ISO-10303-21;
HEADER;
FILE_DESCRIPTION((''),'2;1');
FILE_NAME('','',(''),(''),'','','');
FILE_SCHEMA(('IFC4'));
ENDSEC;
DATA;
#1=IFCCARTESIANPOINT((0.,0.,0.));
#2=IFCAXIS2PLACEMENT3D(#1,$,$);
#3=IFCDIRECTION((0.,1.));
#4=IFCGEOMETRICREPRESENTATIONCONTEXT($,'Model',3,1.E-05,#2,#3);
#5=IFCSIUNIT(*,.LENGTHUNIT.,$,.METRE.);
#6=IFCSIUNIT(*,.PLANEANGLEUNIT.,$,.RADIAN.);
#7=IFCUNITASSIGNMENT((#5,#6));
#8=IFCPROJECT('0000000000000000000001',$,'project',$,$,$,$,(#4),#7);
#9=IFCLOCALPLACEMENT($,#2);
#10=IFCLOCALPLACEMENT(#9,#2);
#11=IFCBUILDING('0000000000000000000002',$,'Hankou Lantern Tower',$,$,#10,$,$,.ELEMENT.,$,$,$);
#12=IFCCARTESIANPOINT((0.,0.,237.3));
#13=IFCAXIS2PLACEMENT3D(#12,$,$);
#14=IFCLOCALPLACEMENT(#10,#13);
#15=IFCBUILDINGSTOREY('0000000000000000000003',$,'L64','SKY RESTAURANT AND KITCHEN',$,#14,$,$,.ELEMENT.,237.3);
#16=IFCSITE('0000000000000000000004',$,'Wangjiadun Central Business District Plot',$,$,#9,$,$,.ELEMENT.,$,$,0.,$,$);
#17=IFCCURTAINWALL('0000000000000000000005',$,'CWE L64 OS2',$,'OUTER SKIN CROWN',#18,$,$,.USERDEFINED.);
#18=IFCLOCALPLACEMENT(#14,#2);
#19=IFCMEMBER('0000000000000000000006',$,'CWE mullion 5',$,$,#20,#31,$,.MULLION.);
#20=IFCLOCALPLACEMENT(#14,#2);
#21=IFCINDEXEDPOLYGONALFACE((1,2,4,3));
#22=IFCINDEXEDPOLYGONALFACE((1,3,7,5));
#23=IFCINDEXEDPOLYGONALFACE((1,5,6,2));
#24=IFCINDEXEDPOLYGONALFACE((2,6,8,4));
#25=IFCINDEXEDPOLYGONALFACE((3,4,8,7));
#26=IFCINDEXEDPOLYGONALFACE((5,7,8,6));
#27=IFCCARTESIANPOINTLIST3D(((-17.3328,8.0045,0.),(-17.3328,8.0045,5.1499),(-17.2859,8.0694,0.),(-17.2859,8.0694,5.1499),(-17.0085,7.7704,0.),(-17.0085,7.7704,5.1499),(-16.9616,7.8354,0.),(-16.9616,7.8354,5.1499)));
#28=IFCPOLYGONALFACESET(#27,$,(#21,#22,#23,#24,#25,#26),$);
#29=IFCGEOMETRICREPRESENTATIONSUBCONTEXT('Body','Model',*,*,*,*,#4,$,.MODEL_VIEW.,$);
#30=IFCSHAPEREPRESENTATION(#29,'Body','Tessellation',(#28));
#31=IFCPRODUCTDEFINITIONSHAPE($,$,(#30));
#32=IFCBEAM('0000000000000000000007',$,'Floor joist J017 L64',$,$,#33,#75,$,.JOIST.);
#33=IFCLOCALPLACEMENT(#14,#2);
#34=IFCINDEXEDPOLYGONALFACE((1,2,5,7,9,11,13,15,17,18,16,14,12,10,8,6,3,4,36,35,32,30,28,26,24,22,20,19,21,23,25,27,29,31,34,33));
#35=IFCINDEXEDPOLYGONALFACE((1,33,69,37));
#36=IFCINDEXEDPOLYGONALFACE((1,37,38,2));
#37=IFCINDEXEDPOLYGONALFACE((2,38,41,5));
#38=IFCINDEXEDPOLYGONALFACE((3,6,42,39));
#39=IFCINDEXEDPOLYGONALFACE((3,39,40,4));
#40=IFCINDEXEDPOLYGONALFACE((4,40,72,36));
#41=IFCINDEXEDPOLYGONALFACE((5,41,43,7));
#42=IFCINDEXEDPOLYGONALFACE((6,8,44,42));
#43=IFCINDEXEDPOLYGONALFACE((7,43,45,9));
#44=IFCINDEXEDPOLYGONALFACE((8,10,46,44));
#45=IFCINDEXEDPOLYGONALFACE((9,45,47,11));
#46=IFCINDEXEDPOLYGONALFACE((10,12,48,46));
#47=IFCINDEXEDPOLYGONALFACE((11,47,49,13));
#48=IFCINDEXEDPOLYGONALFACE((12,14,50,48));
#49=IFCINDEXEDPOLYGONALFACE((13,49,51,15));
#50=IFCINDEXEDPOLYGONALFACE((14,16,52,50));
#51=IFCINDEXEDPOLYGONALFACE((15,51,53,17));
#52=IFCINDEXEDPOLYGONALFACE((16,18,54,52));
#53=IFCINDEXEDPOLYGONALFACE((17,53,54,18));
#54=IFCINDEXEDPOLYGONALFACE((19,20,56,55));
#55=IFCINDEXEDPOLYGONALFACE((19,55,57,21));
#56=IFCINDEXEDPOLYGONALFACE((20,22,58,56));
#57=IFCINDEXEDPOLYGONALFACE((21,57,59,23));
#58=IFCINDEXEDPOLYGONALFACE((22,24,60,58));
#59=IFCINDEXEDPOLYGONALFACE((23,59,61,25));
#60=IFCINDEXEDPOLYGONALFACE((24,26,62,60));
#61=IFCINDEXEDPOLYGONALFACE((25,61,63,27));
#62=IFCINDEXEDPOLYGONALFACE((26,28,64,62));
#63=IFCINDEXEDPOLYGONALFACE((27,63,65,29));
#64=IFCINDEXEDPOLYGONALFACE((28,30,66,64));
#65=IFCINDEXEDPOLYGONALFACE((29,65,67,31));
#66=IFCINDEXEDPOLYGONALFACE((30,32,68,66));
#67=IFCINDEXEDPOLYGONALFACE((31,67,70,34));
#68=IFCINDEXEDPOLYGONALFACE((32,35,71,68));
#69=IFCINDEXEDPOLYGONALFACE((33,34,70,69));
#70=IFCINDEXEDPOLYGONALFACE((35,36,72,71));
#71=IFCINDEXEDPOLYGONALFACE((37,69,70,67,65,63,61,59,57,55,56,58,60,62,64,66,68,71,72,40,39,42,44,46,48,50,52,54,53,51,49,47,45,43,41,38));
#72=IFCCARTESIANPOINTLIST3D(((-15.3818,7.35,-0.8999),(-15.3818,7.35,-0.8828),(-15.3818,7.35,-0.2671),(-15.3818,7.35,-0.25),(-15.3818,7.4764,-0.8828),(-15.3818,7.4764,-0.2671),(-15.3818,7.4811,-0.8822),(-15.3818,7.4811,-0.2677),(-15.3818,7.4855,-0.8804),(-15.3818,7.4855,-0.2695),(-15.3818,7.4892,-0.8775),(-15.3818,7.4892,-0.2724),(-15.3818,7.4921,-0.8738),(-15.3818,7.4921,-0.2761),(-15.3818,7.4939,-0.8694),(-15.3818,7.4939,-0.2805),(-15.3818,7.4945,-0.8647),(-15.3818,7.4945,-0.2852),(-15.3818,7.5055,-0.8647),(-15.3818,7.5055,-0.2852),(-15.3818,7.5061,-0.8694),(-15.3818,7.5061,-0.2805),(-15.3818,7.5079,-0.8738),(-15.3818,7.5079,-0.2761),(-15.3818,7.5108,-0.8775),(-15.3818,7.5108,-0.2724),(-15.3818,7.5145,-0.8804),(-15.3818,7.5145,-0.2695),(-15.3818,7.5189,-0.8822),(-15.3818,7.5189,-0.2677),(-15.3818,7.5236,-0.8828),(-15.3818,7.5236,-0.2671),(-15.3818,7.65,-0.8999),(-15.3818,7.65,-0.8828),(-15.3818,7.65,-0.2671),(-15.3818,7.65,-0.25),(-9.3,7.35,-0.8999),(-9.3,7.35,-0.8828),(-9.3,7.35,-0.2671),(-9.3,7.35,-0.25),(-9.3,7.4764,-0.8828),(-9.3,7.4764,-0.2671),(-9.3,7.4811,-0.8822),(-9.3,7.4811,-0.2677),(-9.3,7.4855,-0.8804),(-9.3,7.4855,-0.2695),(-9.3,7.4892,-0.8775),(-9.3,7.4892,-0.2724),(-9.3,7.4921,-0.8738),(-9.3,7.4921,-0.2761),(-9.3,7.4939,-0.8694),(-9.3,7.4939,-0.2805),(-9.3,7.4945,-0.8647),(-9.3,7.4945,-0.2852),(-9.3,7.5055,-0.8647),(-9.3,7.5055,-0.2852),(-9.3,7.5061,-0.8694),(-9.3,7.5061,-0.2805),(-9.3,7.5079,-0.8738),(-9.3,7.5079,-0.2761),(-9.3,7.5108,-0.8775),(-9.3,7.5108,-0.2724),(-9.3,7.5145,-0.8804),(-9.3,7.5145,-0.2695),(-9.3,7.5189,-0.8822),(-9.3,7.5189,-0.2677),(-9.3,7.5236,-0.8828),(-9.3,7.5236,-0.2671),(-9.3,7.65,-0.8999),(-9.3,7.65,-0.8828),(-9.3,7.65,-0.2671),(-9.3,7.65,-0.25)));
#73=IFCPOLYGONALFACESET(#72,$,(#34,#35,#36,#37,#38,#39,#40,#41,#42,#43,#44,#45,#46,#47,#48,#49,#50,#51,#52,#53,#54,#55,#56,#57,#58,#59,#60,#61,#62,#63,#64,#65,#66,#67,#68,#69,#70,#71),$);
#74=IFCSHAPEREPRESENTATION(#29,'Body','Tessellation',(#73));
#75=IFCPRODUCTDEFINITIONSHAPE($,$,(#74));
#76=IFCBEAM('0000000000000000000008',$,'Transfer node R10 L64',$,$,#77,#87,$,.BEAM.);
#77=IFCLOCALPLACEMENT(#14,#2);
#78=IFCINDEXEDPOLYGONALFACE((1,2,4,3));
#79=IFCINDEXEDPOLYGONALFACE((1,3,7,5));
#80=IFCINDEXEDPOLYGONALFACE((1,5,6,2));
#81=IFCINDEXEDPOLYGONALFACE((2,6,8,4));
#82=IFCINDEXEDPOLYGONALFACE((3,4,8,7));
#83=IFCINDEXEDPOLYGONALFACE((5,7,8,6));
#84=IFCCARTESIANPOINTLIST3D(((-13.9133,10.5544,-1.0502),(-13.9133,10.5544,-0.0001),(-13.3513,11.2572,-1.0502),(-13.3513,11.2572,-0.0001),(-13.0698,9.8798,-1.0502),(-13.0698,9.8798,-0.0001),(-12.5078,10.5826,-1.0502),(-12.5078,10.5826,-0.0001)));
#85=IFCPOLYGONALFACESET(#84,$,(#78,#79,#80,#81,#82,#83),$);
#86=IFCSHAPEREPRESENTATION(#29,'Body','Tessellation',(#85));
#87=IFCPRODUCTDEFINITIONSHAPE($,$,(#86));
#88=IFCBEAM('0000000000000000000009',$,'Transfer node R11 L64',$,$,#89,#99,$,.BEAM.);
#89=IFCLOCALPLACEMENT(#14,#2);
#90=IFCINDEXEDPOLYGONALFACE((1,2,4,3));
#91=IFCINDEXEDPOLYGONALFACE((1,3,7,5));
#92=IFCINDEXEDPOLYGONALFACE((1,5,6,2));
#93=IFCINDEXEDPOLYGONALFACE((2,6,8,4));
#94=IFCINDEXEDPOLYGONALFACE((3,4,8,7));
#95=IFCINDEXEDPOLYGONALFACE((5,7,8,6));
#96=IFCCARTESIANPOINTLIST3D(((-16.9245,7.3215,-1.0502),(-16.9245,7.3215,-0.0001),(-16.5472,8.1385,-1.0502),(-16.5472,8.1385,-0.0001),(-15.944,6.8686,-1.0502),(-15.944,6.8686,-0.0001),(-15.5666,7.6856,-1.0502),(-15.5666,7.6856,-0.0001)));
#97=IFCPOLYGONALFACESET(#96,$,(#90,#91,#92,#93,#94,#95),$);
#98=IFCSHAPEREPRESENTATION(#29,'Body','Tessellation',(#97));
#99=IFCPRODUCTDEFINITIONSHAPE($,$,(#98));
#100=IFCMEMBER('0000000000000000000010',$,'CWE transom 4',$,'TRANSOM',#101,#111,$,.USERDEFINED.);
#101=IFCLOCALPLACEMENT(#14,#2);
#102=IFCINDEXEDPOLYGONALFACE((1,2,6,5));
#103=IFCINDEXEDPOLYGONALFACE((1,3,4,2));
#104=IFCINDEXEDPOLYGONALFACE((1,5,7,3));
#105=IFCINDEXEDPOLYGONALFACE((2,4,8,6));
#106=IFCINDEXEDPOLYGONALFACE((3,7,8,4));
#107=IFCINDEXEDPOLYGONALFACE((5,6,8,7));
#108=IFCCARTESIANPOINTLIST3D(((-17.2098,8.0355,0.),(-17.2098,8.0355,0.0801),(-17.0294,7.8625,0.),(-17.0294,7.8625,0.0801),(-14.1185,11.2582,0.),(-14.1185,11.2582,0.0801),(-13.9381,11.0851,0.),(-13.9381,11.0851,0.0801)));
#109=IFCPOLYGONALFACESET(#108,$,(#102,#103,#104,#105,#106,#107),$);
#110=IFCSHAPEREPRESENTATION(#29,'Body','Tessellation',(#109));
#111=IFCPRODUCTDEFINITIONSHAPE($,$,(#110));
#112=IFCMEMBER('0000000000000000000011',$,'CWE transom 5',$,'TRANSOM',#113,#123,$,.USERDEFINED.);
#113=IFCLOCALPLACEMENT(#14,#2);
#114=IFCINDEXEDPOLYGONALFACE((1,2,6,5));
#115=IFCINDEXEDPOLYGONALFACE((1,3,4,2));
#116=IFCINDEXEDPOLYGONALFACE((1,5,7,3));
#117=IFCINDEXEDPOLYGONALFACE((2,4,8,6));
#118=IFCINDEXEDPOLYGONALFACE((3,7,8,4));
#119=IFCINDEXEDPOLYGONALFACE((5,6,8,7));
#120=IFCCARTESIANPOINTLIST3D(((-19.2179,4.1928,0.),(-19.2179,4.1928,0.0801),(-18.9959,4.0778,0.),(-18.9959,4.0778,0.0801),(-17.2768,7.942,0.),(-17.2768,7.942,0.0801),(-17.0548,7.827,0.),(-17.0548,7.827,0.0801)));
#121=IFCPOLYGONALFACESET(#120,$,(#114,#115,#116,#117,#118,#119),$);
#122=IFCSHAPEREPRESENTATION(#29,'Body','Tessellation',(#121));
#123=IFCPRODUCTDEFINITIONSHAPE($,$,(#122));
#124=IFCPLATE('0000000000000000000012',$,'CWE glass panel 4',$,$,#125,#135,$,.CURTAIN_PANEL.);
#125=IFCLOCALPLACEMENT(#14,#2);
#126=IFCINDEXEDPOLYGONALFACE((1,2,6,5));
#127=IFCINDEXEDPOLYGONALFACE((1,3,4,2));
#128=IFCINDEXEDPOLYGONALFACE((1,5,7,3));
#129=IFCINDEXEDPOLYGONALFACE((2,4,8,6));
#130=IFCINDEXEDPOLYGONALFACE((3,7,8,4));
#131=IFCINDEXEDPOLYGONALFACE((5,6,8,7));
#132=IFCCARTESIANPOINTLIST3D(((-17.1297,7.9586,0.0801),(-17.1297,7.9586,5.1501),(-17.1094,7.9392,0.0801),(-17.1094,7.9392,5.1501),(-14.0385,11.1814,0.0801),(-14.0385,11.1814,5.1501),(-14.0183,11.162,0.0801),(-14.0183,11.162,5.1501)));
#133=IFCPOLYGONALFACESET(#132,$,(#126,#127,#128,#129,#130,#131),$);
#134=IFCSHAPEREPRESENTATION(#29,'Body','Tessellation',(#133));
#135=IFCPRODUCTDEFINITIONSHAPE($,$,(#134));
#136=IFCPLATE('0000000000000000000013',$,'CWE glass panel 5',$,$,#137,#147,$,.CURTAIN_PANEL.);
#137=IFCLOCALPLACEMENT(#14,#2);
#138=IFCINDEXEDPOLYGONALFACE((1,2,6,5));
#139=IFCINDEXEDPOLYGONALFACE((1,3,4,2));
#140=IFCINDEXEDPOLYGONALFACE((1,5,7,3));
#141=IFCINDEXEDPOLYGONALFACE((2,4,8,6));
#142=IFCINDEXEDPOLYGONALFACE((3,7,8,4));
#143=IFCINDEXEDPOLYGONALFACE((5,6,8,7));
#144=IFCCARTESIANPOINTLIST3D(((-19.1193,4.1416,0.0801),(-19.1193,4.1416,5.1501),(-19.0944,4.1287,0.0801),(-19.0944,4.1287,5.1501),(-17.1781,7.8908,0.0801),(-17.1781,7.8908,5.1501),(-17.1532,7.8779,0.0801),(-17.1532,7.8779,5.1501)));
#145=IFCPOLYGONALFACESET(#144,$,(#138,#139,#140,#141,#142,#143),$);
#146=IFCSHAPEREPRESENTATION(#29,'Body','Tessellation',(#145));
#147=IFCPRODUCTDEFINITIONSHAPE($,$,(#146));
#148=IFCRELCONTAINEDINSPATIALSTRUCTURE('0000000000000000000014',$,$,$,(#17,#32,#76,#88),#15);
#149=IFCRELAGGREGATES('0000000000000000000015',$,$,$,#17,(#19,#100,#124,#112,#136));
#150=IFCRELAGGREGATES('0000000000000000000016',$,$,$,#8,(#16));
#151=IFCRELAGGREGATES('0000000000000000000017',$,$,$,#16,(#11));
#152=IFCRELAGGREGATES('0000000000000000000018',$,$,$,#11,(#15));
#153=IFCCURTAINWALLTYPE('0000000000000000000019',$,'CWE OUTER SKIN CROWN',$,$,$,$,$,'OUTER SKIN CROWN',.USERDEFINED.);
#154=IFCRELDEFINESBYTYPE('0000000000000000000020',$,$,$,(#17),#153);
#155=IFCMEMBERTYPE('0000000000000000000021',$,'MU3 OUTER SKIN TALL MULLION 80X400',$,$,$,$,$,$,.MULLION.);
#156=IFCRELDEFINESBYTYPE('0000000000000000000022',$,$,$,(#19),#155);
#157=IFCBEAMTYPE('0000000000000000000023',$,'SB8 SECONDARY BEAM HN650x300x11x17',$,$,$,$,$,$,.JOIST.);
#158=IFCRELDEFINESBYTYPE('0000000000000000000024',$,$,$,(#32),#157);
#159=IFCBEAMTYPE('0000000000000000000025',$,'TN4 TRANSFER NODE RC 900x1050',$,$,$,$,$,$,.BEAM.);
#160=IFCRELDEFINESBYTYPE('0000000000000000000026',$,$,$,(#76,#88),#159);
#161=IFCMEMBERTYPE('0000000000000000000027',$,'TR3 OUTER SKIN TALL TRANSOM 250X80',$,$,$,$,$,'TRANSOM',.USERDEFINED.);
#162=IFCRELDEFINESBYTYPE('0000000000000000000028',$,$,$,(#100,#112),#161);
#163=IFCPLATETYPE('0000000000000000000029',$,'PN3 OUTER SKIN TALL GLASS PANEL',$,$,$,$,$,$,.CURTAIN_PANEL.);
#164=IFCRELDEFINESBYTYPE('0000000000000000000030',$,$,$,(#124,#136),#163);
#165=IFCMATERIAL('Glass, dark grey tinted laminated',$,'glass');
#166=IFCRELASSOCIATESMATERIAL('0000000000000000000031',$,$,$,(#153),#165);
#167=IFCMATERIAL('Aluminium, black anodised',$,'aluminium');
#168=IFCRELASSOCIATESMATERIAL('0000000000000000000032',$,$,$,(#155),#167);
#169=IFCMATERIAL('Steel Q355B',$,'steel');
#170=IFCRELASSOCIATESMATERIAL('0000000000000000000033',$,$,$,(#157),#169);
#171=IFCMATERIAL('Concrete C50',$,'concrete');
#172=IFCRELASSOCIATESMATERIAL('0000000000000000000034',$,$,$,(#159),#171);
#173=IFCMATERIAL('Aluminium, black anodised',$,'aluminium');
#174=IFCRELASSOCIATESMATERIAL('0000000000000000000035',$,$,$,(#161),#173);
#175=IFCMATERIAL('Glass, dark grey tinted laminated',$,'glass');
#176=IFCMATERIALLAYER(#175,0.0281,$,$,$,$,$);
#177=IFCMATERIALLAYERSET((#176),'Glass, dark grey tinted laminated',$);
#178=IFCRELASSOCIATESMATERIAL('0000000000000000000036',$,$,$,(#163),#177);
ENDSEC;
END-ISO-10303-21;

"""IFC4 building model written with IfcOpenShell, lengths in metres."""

from ifc_helpers import new_model, si_unit, direction, frame, origin, origin_2d, place, context, subcontext, project, spatial, rectangle, i_section, extrude, material, layer, layer_set, material_profile, profile_set, type_object, element, aggregate, save


model = new_model("IFC4")

# Units and contexts
model_context = context("Model", 3, precision=1e-05, world=origin(), true_north=direction((0.0, 1.0)))
body_context = subcontext(model_context, "Body", "Model", "MODEL_VIEW")
ifc_project = project(units=[si_unit("LENGTHUNIT", "METRE"), si_unit("PLANEANGLEUNIT", "RADIAN")], contexts=[model_context])

# Site, building, storey
site_placement = place(None, origin())
site = spatial("IfcSite", under=ifc_project, at=site_placement, Name="Wangjiadun Central Business District Plot", CompositionType="ELEMENT", RefElevation=0.0)
building_placement = place(site_placement, origin())
building = spatial("IfcBuilding", under=site, at=building_placement, Name="Hankou Lantern Tower", CompositionType="ELEMENT")
storey_placement = place(building_placement, frame((0.0, 0.0, 237.3)))
storey = spatial("IfcBuildingStorey", under=building, at=storey_placement, Name="L64", Description="SKY RESTAURANT AND KITCHEN", CompositionType="ELEMENT", Elevation=237.3)

# Curtain wall, member
ifc_material_1 = material(Name="Glass, dark grey tinted laminated", Category="glass")
curtain_wall_type = type_object("IfcCurtainWallType", Name="CWE OUTER SKIN CROWN", ElementType="OUTER SKIN CROWN", PredefinedType="USERDEFINED", material=ifc_material_1)
curtain_wall_placement = place(storey_placement, origin())
curtain_wall = element("IfcCurtainWall", 1, at=curtain_wall_placement, inside=storey, type_object=curtain_wall_type, Name="CWE L64 OS2", ObjectType="OUTER SKIN CROWN", PredefinedType="USERDEFINED")
ifc_material_2 = material(Name="Aluminium, black anodised", Category="aluminium")
ifc_material_profile_1 = material_profile(ifc_material_2, rectangle(XDim=0.0801, YDim=0.3999, at=origin_2d()), Name="MU3 80X400")
ifc_profile_set_1 = profile_set([ifc_material_profile_1], Name="Aluminium, black anodised")
member_type_1 = type_object("IfcMemberType", Name="MU3 OUTER SKIN TALL MULLION 80X400", PredefinedType="MULLION", material=ifc_profile_set_1)
member_1_placement = place(storey_placement, frame((-17.1472, 7.9199, 0.0), z_axis=(0.0, 0.0, 1.0), x_axis=(-0.585206, -0.810885, 0.0)))
member_1 = element("IfcMember", 2, at=member_1_placement, type_object=member_type_1, Name="CWE mullion 5", PredefinedType="MULLION", context=body_context, shape_type="SweptSolid", body=[
    extrude(rectangle(XDim=0.0801, YDim=0.3999, at=origin_2d()), origin(), (0.0, 0.0, 1.0), 5.1499),
])

# Beams
ifc_material_3 = material(Name="Steel Q355B", Category="steel")
ifc_material_profile_2 = material_profile(ifc_material_3, i_section(OverallWidth=0.3, OverallDepth=0.6499, WebThickness=0.011, FlangeThickness=0.0171, FilletRadius=0.0181, at=origin_2d()), Name="HN650x300x11x17")
ifc_profile_set_2 = profile_set([ifc_material_profile_2], Name="Steel Q355B")
beam_type_1 = type_object("IfcBeamType", Name="SB8 SECONDARY BEAM HN650x300x11x17", PredefinedType="JOIST", material=ifc_profile_set_2)
beam_1_placement = place(storey_placement, frame((-15.3818, 7.5, -0.575), z_axis=(1.0, 0.0, 0.0), x_axis=(0.0, 1.0, 0.0)))
element("IfcBeam", 3, at=beam_1_placement, inside=storey, type_object=beam_type_1, Name="Floor joist J017 L64", PredefinedType="JOIST", context=body_context, shape_type="SweptSolid", body=[
    extrude(i_section(OverallWidth=0.3, OverallDepth=0.6499, WebThickness=0.011, FlangeThickness=0.0171, FilletRadius=0.0181, at=origin_2d()), origin(), (0.0, 0.0, 1.0), 6.0818),
])
ifc_material_4 = material(Name="Concrete C50", Category="concrete")
ifc_material_profile_3 = material_profile(ifc_material_4, rectangle(XDim=0.8999, YDim=1.05, at=origin_2d()), Name="RC 900x1050")
ifc_profile_set_3 = profile_set([ifc_material_profile_3], Name="Concrete C50")
beam_type_2 = type_object("IfcBeamType", Name="TN4 TRANSFER NODE RC 900x1050", PredefinedType="BEAM", material=ifc_profile_set_3)
for number, where, z_axis, x_axis, name in (
    (4, (-13.6323, 10.9058, -0.5251), (0.780979, -0.624557, 0.0), (0.624557, 0.780979, 0.0), "Transfer node R10 L64"),
    (5, (-16.7358, 7.73, -0.5251), (0.907834, -0.419331, 0.0), (0.419331, 0.907834, 0.0), "Transfer node R11 L64"),
):
    element("IfcBeam", number, at=place(storey_placement, frame(where, z_axis=z_axis, x_axis=x_axis)), inside=storey, type_object=beam_type_2, Name=name, PredefinedType="BEAM", context=body_context, shape_type="SweptSolid", body=[
        extrude(rectangle(XDim=0.8999, YDim=1.05, at=origin_2d()), origin(), (0.0, 0.0, 1.0), 1.0801),
    ])

# Members
ifc_material_5 = material(Name="Aluminium, black anodised", Category="aluminium")
ifc_material_profile_4 = material_profile(ifc_material_5, rectangle(XDim=0.25, YDim=0.0801, at=origin_2d()), Name="TR3 250X80")
ifc_profile_set_4 = profile_set([ifc_material_profile_4], Name="Aluminium, black anodised")
member_type_2 = type_object("IfcMemberType", Name="TR3 OUTER SKIN TALL TRANSOM 250X80", ElementType="TRANSOM", PredefinedType="USERDEFINED", material=ifc_profile_set_4)
member_2_placement = place(storey_placement, frame((-14.0283, 11.1716, 0.04), z_axis=(-0.692247, -0.72166, 0.0), x_axis=(0.72166, -0.692247, 0.0)))
member_2 = element("IfcMember", 6, at=member_2_placement, type_object=member_type_2, Name="CWE transom 4", ObjectType="TRANSOM", PredefinedType="USERDEFINED", context=body_context, shape_type="SweptSolid", body=[
    extrude(rectangle(XDim=0.25, YDim=0.0801, at=origin_2d()), origin(), (0.0, 0.0, 1.0), 4.4656),
])
member_3_placement = place(storey_placement, frame((-17.1658, 7.8845, 0.04), z_axis=(-0.459775, -0.888035, 0.0), x_axis=(0.888035, -0.459775, 0.0)))
member_3 = element("IfcMember", 7, at=member_3_placement, type_object=member_type_2, Name="CWE transom 5", ObjectType="TRANSOM", PredefinedType="USERDEFINED", context=body_context, shape_type="SweptSolid", body=[
    extrude(rectangle(XDim=0.25, YDim=0.0801, at=origin_2d()), origin(), (0.0, 0.0, 1.0), 4.2219),
])

# Plates
ifc_material_6 = material(Name="Glass, dark grey tinted laminated", Category="glass")
ifc_layer_1 = layer(ifc_material_6, 0.0281)
ifc_layer_set_1 = layer_set([ifc_layer_1], Name="Glass, dark grey tinted laminated")
plate_type = type_object("IfcPlateType", Name="PN3 OUTER SKIN TALL GLASS PANEL", PredefinedType="CURTAIN_PANEL", material=ifc_layer_set_1)
plate_1_placement = place(storey_placement, frame((-15.574, 9.5603, 0.0801), z_axis=(0.0, 0.0, 1.0), x_axis=(-0.692216, -0.721691, 0.0)))
plate_1 = element("IfcPlate", 8, at=plate_1_placement, type_object=plate_type, Name="CWE glass panel 4", PredefinedType="CURTAIN_PANEL", context=body_context, shape_type="SweptSolid", body=[
    extrude(rectangle(XDim=4.4656, YDim=0.0281, at=origin_2d()), origin(), (0.0, 0.0, 1.0), 5.0701),
])
plate_2_placement = place(storey_placement, frame((-18.1362, 6.0098, 0.0801), z_axis=(0.0, 0.0, 1.0), x_axis=(-0.459791, -0.888027, 0.0)))
plate_2 = element("IfcPlate", 9, at=plate_2_placement, type_object=plate_type, Name="CWE glass panel 5", PredefinedType="CURTAIN_PANEL", context=body_context, shape_type="SweptSolid", body=[
    extrude(rectangle(XDim=4.2219, YDim=0.0281, at=origin_2d()), origin(), (0.0, 0.0, 1.0), 5.0701),
])
aggregate(curtain_wall, [member_1, member_2, plate_1, member_3, plate_2])

save(model, "model.ifc")
